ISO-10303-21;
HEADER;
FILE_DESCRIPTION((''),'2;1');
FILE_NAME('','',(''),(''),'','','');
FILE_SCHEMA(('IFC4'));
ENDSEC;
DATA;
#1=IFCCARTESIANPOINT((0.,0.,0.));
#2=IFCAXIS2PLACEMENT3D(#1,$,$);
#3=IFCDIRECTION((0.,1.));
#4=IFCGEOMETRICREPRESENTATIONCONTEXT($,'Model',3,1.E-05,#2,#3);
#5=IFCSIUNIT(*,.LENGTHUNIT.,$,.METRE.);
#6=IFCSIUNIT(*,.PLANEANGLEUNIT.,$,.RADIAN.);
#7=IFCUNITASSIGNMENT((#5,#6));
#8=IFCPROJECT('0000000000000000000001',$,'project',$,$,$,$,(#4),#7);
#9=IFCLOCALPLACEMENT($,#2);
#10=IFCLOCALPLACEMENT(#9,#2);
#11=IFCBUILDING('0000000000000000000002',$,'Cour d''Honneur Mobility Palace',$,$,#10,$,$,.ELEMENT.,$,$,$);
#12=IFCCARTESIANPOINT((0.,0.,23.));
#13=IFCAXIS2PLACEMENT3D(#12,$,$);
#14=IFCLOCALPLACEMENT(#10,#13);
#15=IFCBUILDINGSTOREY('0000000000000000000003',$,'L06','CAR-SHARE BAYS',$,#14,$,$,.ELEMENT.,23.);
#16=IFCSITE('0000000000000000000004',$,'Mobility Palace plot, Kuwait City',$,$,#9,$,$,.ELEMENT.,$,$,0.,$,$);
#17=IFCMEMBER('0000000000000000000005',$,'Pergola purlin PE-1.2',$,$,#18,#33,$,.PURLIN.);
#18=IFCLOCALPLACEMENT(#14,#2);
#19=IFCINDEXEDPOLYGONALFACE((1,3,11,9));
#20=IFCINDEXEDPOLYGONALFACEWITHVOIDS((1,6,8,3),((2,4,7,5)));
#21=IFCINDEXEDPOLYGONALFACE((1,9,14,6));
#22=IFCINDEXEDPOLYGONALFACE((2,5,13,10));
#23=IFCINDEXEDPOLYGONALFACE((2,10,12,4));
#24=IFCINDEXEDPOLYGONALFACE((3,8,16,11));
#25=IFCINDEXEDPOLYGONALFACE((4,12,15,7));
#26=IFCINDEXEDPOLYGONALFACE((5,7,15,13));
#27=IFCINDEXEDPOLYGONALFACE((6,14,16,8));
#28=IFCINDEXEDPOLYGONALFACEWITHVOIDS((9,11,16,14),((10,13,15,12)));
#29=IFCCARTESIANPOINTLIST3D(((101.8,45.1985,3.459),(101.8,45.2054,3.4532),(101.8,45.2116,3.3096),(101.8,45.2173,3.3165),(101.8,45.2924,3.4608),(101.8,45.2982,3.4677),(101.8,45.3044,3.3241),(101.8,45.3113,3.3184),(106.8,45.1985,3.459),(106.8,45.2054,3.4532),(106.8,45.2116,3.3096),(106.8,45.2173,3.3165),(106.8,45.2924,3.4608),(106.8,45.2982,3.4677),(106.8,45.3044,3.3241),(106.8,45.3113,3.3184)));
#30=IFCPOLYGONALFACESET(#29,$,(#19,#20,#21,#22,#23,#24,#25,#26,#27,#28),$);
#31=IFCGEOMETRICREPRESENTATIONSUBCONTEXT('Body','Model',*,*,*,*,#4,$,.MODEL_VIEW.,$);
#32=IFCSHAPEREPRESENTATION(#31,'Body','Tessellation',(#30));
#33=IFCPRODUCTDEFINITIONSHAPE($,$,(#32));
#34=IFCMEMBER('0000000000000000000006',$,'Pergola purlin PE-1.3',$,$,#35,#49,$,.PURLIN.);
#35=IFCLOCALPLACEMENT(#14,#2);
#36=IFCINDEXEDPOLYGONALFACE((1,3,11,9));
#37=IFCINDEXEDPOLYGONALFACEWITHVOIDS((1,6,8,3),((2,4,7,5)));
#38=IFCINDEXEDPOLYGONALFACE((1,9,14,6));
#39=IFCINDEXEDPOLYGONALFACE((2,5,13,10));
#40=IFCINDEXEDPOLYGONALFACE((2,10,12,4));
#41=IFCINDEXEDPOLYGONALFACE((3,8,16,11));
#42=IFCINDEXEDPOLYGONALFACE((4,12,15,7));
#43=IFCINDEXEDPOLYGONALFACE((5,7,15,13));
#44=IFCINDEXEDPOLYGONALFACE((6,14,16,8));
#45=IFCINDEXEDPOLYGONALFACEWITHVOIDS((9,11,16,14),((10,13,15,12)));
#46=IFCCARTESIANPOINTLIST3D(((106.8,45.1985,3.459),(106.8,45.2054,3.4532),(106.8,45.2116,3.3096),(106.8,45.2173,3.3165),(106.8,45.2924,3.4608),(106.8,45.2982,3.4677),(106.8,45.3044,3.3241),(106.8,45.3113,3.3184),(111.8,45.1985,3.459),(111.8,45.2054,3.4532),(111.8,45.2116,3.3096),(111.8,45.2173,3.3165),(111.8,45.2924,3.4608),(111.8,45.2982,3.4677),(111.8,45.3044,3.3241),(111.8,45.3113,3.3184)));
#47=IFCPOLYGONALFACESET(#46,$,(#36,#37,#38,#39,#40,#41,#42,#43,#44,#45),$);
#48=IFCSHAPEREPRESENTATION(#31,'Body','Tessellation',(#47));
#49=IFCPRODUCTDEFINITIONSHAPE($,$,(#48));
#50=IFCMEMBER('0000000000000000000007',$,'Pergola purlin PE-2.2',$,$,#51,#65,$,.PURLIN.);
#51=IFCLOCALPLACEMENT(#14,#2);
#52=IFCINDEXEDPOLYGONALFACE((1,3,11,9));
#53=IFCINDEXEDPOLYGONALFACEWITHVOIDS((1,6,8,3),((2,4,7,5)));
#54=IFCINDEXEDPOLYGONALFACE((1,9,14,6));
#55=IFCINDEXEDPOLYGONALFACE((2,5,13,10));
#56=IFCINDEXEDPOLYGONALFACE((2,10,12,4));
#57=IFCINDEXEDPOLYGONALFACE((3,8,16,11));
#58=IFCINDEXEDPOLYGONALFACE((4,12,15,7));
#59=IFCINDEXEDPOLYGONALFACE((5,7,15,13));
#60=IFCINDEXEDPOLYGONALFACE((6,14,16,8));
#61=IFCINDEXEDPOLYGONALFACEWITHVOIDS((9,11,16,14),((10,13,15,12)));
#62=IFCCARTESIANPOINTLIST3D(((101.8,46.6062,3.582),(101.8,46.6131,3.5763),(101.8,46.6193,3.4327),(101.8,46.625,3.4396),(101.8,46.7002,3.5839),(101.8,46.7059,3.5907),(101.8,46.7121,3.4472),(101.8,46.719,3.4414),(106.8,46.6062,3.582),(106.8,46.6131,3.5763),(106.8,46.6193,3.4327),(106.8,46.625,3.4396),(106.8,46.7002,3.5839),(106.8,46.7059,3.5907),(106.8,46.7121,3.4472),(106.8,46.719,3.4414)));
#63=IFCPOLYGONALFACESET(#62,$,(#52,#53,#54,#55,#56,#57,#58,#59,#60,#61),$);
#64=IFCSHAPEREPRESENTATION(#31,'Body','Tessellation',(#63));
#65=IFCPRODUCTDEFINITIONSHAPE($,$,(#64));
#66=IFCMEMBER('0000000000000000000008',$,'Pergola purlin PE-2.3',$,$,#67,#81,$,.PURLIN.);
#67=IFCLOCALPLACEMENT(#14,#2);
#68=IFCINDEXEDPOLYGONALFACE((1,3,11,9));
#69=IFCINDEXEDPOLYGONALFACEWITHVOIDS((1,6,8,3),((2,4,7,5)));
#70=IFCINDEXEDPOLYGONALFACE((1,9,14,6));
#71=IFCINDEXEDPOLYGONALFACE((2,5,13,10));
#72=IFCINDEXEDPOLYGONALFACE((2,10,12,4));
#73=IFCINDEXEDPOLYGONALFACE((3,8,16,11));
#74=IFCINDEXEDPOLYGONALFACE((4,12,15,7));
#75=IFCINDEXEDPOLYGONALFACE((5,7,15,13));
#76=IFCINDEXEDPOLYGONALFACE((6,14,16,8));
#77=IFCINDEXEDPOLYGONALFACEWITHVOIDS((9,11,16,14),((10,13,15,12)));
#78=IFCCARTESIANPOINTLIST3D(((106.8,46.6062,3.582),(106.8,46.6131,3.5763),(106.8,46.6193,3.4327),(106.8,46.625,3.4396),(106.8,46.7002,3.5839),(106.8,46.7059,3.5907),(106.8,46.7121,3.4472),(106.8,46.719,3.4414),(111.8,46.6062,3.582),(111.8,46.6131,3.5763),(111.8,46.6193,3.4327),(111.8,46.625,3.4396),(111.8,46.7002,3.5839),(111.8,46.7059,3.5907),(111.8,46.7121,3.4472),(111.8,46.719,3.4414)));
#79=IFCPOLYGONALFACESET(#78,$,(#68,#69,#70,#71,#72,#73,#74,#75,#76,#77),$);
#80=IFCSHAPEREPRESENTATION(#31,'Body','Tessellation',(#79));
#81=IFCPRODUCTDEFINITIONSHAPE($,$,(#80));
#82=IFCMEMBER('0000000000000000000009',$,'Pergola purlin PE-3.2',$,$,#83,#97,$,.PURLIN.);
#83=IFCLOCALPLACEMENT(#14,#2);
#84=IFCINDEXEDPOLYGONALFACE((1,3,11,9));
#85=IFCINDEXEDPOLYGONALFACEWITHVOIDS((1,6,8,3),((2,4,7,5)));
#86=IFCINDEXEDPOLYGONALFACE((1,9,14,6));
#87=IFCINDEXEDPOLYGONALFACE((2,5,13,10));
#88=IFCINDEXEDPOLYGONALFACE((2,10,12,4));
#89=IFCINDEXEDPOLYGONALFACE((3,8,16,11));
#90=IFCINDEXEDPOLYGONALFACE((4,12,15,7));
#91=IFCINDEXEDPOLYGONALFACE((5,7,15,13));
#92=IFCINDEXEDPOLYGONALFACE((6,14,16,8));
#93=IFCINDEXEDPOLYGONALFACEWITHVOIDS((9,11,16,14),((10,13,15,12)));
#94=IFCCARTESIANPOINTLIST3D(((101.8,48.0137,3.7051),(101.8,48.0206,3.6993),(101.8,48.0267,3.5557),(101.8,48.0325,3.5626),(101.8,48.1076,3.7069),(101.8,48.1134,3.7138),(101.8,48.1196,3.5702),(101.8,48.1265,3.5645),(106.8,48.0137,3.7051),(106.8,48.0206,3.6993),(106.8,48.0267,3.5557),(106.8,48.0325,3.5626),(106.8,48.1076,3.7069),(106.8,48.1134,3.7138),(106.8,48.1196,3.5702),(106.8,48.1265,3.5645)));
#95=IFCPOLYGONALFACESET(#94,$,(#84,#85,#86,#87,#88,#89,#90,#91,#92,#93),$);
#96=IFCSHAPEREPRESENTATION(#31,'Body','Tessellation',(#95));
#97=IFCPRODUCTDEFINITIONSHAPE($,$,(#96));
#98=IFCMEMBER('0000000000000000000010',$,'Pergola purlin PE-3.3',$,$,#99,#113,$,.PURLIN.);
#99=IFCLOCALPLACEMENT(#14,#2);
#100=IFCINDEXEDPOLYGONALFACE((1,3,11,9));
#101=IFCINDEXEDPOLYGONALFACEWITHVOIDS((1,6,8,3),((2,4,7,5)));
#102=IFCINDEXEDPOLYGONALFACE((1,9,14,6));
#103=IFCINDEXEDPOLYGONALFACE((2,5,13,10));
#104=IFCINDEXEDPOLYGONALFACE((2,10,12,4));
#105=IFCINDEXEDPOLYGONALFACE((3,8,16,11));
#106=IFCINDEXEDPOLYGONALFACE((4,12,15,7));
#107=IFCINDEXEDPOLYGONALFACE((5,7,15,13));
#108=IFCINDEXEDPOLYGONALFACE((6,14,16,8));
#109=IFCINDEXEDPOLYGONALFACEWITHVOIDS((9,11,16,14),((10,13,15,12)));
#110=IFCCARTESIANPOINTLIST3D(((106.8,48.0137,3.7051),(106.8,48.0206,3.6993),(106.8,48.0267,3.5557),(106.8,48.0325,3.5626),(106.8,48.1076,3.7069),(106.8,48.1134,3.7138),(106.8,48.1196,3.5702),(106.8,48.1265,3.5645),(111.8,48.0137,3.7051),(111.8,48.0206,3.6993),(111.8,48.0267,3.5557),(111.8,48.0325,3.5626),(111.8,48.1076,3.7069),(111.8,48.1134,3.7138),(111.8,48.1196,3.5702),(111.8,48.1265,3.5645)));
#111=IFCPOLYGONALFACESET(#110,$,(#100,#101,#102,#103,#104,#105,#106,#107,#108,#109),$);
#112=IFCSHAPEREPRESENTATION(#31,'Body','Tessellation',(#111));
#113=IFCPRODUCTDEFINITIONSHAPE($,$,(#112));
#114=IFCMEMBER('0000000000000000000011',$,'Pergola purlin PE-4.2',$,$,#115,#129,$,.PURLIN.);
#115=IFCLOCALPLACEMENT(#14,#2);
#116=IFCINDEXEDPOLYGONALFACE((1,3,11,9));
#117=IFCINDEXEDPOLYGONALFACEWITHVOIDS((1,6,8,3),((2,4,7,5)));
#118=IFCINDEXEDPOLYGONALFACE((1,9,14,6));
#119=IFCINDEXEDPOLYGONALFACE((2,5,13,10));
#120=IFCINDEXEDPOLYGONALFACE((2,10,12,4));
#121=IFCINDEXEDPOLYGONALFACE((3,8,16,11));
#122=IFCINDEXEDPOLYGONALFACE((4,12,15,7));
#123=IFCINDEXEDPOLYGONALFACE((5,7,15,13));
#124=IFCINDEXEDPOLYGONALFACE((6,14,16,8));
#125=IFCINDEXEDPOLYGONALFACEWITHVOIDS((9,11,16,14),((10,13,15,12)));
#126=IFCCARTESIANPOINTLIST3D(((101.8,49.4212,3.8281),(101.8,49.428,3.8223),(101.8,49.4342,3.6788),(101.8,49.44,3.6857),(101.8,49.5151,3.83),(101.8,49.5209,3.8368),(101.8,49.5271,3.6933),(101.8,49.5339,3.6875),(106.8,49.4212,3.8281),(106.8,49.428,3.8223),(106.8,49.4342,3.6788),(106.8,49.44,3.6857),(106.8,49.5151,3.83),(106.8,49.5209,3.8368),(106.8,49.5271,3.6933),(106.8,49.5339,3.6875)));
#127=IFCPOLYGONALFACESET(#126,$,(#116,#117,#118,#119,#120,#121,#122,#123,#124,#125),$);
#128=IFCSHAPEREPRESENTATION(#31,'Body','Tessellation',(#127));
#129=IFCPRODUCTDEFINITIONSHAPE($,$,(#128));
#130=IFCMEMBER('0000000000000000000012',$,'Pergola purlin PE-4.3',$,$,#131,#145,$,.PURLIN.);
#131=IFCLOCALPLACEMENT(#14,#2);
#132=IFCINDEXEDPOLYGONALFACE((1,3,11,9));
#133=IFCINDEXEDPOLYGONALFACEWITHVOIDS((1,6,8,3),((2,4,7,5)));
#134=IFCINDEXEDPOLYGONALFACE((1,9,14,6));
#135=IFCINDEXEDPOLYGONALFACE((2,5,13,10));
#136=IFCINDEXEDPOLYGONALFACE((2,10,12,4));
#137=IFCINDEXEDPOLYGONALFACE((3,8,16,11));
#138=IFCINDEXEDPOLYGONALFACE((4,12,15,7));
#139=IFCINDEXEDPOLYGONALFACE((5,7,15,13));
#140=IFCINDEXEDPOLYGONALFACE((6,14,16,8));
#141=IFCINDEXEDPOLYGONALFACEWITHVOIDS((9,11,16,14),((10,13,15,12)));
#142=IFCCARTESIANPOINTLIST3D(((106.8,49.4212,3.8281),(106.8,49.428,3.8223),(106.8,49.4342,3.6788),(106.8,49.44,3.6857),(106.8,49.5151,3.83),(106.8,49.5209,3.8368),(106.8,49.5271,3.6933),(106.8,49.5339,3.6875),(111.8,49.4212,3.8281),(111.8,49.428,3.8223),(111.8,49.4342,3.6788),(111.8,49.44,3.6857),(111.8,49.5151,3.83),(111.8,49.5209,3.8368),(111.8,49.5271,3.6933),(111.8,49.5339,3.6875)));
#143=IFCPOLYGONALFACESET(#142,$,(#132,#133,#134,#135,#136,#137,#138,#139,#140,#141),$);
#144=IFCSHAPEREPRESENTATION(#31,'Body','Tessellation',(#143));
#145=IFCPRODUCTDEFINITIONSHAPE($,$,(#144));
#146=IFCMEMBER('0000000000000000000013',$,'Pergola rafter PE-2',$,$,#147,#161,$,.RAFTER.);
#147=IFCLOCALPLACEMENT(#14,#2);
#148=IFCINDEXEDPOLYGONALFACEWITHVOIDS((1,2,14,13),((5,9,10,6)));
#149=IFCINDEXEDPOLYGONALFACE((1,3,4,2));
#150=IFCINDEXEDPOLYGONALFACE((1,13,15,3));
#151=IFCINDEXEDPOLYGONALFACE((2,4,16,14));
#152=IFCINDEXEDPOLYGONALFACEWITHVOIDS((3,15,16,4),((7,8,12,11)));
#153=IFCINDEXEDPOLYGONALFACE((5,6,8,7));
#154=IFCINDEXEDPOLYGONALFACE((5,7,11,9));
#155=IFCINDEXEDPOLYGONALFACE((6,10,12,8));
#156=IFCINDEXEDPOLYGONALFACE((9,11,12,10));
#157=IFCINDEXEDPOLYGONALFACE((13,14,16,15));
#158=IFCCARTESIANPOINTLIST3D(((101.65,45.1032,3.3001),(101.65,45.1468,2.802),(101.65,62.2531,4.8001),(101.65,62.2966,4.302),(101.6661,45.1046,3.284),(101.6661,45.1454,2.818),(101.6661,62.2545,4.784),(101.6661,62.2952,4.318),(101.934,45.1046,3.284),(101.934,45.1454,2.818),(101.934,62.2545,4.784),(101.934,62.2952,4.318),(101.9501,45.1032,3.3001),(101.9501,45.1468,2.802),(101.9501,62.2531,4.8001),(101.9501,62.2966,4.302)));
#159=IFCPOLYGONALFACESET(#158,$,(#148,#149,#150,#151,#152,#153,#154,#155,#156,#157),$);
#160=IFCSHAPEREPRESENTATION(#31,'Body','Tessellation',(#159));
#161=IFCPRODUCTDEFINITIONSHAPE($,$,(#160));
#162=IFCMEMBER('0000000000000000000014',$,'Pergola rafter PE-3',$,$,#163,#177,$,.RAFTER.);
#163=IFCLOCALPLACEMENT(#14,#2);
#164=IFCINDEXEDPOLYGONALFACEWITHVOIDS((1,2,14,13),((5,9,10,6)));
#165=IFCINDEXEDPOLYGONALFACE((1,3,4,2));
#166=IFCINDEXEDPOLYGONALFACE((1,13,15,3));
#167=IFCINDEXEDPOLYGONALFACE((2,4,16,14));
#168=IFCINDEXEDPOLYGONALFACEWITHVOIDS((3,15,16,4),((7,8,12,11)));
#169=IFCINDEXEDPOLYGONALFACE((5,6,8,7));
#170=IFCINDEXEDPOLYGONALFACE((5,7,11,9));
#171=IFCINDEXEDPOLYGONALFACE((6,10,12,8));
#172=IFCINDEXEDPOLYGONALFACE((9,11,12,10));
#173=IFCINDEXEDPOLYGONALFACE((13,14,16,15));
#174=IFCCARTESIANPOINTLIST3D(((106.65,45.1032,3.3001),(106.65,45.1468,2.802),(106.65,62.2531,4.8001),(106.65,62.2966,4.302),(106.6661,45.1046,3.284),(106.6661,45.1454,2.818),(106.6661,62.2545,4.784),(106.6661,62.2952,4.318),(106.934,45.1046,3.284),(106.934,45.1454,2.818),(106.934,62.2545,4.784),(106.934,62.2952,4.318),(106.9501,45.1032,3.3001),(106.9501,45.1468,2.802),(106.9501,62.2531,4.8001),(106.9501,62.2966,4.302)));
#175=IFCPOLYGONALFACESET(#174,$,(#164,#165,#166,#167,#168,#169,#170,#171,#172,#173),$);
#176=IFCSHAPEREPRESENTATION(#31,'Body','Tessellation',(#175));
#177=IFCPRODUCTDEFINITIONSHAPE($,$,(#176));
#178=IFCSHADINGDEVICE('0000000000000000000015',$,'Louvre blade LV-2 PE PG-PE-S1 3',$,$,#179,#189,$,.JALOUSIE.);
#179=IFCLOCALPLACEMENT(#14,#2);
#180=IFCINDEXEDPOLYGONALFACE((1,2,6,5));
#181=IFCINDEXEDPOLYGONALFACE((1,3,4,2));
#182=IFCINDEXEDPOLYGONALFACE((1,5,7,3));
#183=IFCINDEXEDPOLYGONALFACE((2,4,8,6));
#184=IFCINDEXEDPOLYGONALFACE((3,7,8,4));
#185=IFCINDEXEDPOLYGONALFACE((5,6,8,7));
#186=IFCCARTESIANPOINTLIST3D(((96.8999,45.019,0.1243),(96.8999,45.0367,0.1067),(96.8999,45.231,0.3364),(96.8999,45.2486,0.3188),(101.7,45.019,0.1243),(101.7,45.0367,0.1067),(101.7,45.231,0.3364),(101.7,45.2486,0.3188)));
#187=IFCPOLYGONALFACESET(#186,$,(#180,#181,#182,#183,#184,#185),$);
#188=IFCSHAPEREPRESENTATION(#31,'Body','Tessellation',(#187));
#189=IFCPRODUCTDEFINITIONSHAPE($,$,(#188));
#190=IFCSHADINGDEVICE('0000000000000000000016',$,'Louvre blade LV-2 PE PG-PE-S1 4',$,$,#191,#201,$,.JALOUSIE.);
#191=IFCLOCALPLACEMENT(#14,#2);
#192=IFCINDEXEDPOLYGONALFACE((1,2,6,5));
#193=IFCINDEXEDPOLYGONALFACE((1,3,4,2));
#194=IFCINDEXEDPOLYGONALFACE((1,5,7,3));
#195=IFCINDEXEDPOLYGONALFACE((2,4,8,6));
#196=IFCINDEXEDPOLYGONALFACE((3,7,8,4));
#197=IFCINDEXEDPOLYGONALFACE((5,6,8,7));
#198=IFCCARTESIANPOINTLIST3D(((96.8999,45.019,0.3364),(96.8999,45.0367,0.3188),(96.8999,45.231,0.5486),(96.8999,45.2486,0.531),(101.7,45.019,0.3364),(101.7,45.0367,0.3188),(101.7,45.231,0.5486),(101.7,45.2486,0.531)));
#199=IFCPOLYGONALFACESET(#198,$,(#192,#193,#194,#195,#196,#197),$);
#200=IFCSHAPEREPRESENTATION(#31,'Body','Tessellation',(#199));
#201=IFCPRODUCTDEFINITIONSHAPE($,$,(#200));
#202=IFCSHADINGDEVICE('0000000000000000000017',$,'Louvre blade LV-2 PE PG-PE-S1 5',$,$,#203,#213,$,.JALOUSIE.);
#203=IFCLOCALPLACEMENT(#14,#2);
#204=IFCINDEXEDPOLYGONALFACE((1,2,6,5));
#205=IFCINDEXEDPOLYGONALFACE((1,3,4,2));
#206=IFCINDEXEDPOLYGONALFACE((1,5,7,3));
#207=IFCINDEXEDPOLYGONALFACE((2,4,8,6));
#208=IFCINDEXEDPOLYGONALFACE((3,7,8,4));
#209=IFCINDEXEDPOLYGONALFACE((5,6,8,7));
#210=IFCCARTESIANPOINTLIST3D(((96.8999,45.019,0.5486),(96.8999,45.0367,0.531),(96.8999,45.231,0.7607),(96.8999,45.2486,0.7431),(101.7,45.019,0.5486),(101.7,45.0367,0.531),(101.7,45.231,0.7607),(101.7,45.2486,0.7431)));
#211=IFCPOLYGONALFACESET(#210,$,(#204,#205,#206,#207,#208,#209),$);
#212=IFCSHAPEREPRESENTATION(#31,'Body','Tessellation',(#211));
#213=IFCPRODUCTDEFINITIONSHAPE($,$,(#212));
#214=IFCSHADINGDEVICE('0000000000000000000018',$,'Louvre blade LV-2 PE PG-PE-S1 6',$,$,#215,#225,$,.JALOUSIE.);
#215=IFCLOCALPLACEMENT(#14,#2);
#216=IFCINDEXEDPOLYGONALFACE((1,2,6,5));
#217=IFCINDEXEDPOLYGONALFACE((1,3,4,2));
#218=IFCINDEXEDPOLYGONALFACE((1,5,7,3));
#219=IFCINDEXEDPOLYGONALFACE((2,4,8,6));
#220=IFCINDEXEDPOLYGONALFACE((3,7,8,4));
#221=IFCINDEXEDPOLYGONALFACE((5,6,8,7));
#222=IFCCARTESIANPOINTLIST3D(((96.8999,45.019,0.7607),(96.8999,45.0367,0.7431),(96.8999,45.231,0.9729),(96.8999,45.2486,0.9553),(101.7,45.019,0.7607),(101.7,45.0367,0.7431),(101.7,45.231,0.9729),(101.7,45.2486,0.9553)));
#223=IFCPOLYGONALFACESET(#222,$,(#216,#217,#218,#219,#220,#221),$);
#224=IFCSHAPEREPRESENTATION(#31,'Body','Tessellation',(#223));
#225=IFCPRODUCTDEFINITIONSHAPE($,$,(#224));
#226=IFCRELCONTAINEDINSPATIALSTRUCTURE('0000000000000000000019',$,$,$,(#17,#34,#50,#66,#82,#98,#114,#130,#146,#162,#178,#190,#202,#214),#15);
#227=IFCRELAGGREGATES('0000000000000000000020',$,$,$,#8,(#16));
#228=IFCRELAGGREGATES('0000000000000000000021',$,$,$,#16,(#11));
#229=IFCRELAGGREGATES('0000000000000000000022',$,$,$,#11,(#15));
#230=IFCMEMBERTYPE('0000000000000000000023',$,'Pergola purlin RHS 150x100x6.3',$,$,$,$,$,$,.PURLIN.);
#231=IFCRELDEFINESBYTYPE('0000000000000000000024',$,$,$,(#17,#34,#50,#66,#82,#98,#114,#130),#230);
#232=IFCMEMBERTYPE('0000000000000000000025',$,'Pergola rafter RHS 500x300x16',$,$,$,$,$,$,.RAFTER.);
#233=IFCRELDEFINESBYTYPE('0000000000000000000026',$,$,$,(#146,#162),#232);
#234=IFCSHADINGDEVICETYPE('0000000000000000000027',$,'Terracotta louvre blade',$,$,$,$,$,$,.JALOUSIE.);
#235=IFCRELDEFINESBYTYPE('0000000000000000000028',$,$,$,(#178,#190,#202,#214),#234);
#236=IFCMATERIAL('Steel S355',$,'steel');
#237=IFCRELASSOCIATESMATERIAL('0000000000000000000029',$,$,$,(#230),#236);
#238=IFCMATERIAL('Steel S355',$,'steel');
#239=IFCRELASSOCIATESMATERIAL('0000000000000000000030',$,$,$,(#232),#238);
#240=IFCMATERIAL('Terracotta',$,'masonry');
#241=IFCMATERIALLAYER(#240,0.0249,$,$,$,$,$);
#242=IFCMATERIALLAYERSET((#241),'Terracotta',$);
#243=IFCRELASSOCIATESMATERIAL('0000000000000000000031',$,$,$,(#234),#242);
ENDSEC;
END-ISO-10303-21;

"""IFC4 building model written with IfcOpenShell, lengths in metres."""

from ifc_helpers import new_model, si_unit, direction, frame, origin, origin_2d, place, context, subcontext, project, spatial, polyline, hollow_rectangle, outline, extrude, material, layer, layer_set, material_profile, profile_set, type_object, element, save


model = new_model("IFC4")

# Units and contexts
model_context = context("Model", 3, precision=1e-05, world=origin(), true_north=direction((0.0, 1.0)))
body_context = subcontext(model_context, "Body", "Model", "MODEL_VIEW")
ifc_project = project(units=[si_unit("LENGTHUNIT", "METRE"), si_unit("PLANEANGLEUNIT", "RADIAN")], contexts=[model_context])

# Site, building, storey
site_placement = place(None, origin())
site = spatial("IfcSite", under=ifc_project, at=site_placement, Name="Mobility Palace plot, Kuwait City", CompositionType="ELEMENT", RefElevation=0.0)
building_placement = place(site_placement, origin())
building = spatial("IfcBuilding", under=site, at=building_placement, Name="Cour d'Honneur Mobility Palace", CompositionType="ELEMENT")
storey_placement = place(building_placement, frame((0.0, 0.0, 23.0)))
storey = spatial("IfcBuildingStorey", under=building, at=storey_placement, Name="L06", Description="CAR-SHARE BAYS", CompositionType="ELEMENT", Elevation=23.0)

# Members
ifc_material_1 = material(Name="Steel S355", Category="steel")
ifc_material_profile_1 = material_profile(ifc_material_1, hollow_rectangle(XDim=0.1001, YDim=0.1499, WallThickness=0.0063, at=origin_2d()), Name="RHS 150x100x6.3")
ifc_profile_set_1 = profile_set([ifc_material_profile_1], Name="Steel S355")
member_type_1 = type_object("IfcMemberType", Name="Pergola purlin RHS 150x100x6.3", PredefinedType="PURLIN", material=ifc_profile_set_1)
for number, where, z_axis, x_axis, name in (
    (1, (101.8, 45.2549, 3.3887), (1.0, 0.0, 0.0), (0.0, 0.996197, 0.087131), "Pergola purlin PE-1.2"),
    (2, (106.8, 45.2549, 3.3887), (1.0, 0.0, 0.0), (0.0, 0.996197, 0.087131), "Pergola purlin PE-1.3"),
    (3, (101.8, 46.6626, 3.5117), (1.0, 0.0, 0.0), (0.0, 0.996197, 0.087131), "Pergola purlin PE-2.2"),
    (4, (106.8, 46.6626, 3.5117), (1.0, 0.0, 0.0), (0.0, 0.996197, 0.087131), "Pergola purlin PE-2.3"),
    (5, (101.8, 48.0701, 3.6348), (1.0, 0.0, 0.0), (0.0, 0.996197, 0.087131), "Pergola purlin PE-3.2"),
    (6, (106.8, 48.0701, 3.6348), (1.0, 0.0, 0.0), (0.0, 0.996197, 0.087131), "Pergola purlin PE-3.3"),
    (7, (101.8, 49.4775, 3.7578), (1.0, 0.0, 0.0), (0.0, 0.996197, 0.087131), "Pergola purlin PE-4.2"),
    (8, (106.8, 49.4775, 3.7578), (1.0, 0.0, 0.0), (0.0, 0.996197, 0.087131), "Pergola purlin PE-4.3"),
):
    element("IfcMember", number, at=place(storey_placement, frame(where, z_axis=z_axis, x_axis=x_axis)), inside=storey, type_object=member_type_1, Name=name, PredefinedType="PURLIN", context=body_context, shape_type="SweptSolid", body=[
        extrude(hollow_rectangle(XDim=0.1001, YDim=0.1499, WallThickness=0.0063, at=origin_2d()), origin(), (0.0, 0.0, 1.0), 5.0),
    ])
ifc_material_2 = material(Name="Steel S355", Category="steel")
ifc_material_profile_2 = material_profile(ifc_material_2, hollow_rectangle(XDim=0.3, YDim=0.5, WallThickness=0.0161, at=origin_2d()), Name="RHS 500x300x16")
ifc_profile_set_2 = profile_set([ifc_material_profile_2], Name="Steel S355")
member_type_2 = type_object("IfcMemberType", Name="Pergola rafter RHS 500x300x16", PredefinedType="RAFTER", material=ifc_profile_set_2)
for number, where, z_axis, x_axis, name in (
    (9, (101.8, 45.125, 3.051), (0.0, 0.996197, 0.087131), (-1.0, 0.0, 0.0), "Pergola rafter PE-2"),
    (10, (106.8, 45.125, 3.051), (0.0, 0.996197, 0.087131), (-1.0, 0.0, 0.0), "Pergola rafter PE-3"),
):
    element("IfcMember", number, at=place(storey_placement, frame(where, z_axis=z_axis, x_axis=x_axis)), inside=storey, type_object=member_type_2, Name=name, PredefinedType="RAFTER", context=body_context, shape_type="SweptSolid", body=[
        extrude(hollow_rectangle(XDim=0.3, YDim=0.5, WallThickness=0.0161, at=origin_2d()), origin(), (0.0, 0.0, 1.0), 17.2153),
    ])

# Shading devices
ifc_material_3 = material(Name="Terracotta", Category="masonry")
ifc_layer = layer(ifc_material_3, 0.0249)
ifc_layer_set = layer_set([ifc_layer], Name="Terracotta")
shading_device_type = type_object("IfcShadingDeviceType", Name="Terracotta louvre blade", PredefinedType="JALOUSIE", material=ifc_layer_set)
for number, where, z_axis, x_axis, name in (
    (11, (96.8999, 45.019, 0.1243), (0.0, -0.707514, 0.7067), (1.0, 0.0, 0.0), "Louvre blade LV-2 PE PG-PE-S1 3"),
    (12, (96.8999, 45.019, 0.3364), (0.0, -0.707514, 0.7067), (1.0, 0.0, 0.0), "Louvre blade LV-2 PE PG-PE-S1 4"),
    (13, (96.8999, 45.019, 0.5486), (0.0, -0.707514, 0.7067), (1.0, 0.0, 0.0), "Louvre blade LV-2 PE PG-PE-S1 5"),
    (14, (96.8999, 45.019, 0.7607), (0.0, -0.707514, 0.7067), (1.0, 0.0, 0.0), "Louvre blade LV-2 PE PG-PE-S1 6"),
):
    element("IfcShadingDevice", number, at=place(storey_placement, frame(where, z_axis=z_axis, x_axis=x_axis)), inside=storey, type_object=shading_device_type, Name=name, PredefinedType="JALOUSIE", context=body_context, shape_type="SweptSolid", body=[
        extrude(outline(polyline([(0.0, 0.0), (4.8, 0.0), (4.8, 0.2999), (0.0, 0.2999), (0.0, 0.0)])), origin(), (0.0, 0.0, -1.0), 0.0249),
    ])

save(model, "model.ifc")
